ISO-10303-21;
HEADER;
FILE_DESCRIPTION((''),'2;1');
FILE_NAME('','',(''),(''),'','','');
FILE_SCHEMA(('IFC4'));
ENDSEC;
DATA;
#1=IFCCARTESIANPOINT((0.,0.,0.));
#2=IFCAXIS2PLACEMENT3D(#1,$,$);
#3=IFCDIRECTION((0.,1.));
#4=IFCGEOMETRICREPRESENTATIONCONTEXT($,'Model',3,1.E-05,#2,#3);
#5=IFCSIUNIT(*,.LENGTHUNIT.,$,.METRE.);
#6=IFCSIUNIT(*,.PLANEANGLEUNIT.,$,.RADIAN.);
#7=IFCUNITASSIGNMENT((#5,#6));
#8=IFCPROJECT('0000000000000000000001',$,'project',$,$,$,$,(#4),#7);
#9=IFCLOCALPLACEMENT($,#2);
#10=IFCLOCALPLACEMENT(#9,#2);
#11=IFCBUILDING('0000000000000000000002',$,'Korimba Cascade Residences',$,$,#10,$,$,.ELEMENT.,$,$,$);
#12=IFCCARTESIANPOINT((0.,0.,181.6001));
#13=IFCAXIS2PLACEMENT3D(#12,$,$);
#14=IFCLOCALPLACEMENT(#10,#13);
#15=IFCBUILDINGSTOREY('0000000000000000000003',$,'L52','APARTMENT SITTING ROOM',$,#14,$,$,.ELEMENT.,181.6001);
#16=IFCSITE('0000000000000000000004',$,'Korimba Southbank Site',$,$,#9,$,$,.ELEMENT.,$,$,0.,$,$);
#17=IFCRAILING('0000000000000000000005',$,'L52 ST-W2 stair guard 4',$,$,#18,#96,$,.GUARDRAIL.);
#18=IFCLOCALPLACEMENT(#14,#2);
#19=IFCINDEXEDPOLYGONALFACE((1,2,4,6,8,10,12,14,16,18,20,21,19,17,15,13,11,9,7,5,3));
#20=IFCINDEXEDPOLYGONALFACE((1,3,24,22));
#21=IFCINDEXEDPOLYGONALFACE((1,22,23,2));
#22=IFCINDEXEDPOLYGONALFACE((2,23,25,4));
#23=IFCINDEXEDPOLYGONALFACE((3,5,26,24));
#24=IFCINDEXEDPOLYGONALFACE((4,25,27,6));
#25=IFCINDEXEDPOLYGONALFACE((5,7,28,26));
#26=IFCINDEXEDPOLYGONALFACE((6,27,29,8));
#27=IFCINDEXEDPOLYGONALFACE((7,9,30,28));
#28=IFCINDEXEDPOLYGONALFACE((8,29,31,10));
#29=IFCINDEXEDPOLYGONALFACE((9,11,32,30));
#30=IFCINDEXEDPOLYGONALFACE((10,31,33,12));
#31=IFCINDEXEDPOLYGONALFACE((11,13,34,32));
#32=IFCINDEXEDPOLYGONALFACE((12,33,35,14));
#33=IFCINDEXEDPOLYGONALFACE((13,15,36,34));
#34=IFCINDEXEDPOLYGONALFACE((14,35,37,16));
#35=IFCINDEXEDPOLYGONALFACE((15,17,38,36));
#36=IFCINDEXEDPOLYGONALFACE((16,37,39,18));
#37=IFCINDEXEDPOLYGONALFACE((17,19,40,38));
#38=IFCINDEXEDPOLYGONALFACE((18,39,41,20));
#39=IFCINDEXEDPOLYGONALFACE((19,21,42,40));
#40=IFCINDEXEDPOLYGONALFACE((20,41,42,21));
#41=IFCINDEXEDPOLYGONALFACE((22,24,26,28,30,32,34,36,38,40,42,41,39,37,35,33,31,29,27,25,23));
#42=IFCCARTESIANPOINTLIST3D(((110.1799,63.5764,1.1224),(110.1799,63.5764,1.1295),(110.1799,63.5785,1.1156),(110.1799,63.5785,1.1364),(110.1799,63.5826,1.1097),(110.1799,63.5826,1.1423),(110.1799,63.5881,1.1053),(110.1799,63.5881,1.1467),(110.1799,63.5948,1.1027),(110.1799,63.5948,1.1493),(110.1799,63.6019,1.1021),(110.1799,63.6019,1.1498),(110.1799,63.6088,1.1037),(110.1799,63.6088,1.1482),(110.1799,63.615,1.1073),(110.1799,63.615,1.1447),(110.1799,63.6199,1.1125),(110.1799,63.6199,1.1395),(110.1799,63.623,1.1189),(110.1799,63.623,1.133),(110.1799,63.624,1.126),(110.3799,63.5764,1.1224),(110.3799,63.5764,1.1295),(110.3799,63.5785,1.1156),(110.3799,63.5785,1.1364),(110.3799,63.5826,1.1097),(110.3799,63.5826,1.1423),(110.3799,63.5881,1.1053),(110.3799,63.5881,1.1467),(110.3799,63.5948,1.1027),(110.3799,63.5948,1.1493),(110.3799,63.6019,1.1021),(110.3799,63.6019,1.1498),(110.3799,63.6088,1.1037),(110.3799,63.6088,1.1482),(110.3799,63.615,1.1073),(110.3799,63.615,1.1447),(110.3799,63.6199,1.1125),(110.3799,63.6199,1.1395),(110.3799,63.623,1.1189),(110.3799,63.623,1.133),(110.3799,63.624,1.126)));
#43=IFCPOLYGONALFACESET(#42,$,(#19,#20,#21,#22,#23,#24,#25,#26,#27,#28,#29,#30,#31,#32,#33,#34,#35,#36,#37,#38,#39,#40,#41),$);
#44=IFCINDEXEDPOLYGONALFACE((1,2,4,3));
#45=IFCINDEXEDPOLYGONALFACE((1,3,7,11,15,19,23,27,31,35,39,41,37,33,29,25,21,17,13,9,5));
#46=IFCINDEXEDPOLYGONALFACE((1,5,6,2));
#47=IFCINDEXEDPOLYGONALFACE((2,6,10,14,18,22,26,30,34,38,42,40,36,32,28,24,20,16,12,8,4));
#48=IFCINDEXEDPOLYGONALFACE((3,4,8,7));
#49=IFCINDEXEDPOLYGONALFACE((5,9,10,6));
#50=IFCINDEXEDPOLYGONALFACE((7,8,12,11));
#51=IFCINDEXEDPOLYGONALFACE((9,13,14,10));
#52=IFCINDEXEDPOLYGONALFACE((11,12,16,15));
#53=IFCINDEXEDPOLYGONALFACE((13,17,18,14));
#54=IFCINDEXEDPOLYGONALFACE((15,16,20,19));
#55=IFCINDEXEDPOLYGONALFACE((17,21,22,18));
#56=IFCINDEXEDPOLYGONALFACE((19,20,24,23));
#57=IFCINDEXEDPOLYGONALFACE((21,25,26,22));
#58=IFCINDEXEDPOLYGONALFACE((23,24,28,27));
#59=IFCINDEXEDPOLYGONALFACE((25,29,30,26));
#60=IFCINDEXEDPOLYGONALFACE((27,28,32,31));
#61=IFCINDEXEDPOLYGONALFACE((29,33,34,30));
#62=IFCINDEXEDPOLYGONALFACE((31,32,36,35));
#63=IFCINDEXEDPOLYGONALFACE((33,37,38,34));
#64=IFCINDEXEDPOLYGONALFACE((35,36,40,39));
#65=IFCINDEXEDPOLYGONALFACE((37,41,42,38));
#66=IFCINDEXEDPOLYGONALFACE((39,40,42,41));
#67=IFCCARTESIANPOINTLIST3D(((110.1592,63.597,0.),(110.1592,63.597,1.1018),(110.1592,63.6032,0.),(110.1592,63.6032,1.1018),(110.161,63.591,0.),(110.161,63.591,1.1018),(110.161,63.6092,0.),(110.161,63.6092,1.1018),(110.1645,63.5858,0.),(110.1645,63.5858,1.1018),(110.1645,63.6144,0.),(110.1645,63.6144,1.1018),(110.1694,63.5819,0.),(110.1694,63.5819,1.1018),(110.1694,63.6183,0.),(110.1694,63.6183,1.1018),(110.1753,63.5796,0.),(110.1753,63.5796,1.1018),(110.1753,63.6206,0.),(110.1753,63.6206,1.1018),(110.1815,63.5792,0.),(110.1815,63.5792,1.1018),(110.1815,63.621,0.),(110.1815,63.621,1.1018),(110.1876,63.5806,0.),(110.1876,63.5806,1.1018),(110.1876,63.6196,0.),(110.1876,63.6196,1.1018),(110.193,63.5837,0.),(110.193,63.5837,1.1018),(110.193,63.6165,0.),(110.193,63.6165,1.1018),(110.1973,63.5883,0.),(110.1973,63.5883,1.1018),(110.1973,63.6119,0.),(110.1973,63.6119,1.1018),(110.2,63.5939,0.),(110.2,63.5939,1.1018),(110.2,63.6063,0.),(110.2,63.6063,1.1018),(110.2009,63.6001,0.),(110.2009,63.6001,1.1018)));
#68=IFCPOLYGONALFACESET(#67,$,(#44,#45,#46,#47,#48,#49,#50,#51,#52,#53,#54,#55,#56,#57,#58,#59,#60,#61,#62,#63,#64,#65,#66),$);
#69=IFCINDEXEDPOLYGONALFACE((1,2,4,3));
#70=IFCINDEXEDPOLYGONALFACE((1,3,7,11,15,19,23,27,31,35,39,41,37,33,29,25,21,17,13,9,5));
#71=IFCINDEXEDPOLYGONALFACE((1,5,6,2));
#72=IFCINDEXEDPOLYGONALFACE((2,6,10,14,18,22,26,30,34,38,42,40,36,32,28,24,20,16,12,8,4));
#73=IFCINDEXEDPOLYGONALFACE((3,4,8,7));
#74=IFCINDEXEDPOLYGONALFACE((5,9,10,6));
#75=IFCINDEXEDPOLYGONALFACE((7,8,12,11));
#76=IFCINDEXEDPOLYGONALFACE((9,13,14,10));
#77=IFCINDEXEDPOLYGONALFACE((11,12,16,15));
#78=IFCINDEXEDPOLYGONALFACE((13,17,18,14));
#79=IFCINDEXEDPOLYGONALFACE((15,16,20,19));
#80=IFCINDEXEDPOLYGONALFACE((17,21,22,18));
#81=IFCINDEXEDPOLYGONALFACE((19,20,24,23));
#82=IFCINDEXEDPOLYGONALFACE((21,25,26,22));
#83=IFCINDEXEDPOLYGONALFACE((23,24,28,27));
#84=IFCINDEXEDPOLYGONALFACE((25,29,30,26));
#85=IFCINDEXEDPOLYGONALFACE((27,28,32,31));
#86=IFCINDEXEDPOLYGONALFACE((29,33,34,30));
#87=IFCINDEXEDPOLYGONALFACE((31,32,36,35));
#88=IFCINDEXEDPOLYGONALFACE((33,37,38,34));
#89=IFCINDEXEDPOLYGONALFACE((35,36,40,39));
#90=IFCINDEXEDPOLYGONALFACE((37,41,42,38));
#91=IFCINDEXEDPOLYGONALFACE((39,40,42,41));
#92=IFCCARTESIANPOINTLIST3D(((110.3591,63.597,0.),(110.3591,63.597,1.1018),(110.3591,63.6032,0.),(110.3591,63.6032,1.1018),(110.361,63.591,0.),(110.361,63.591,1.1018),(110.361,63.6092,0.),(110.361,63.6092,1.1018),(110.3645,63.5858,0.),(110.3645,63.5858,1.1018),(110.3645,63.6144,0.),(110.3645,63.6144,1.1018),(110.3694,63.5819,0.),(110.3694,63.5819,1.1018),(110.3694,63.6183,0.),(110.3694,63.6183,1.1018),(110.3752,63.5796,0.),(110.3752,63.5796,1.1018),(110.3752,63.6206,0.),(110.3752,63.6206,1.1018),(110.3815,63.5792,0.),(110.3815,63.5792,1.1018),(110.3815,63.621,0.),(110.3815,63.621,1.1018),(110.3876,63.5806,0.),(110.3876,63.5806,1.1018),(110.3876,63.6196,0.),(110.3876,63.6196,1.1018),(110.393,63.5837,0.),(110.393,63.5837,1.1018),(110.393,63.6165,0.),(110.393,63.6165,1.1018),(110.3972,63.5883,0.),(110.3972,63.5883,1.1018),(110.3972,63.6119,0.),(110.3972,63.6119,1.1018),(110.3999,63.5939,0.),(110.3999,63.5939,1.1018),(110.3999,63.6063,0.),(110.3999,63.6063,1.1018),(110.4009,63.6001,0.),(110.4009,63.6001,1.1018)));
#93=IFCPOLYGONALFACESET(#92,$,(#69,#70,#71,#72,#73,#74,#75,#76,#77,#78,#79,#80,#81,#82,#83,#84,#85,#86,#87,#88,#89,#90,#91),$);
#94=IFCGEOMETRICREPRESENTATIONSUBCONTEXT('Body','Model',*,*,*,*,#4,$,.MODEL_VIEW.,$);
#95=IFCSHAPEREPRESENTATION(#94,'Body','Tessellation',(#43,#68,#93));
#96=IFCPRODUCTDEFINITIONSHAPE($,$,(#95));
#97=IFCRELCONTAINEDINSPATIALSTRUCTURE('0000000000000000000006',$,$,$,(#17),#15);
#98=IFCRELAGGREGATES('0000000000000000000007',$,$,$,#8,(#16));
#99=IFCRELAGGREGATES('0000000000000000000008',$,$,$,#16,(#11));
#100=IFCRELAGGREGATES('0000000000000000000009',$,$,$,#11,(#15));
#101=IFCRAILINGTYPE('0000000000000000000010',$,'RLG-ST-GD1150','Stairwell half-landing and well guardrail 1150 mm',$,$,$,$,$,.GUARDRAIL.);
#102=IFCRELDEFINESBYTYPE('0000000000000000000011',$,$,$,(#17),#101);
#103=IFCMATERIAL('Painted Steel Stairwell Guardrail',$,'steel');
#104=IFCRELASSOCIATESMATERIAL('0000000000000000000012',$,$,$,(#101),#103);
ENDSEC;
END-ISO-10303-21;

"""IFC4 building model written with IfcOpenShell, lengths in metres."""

from ifc_helpers import new_model, si_unit, direction, frame, origin, origin_2d, place, context, subcontext, project, spatial, circle, extrude, material, type_object, element, save


model = new_model("IFC4")

# Units and contexts
model_context = context("Model", 3, precision=1e-05, world=origin(), true_north=direction((0.0, 1.0)))
body_context = subcontext(model_context, "Body", "Model", "MODEL_VIEW")
ifc_project = project(units=[si_unit("LENGTHUNIT", "METRE"), si_unit("PLANEANGLEUNIT", "RADIAN")], contexts=[model_context])

# Site, building, storey
site_placement = place(None, origin())
site = spatial("IfcSite", under=ifc_project, at=site_placement, Name="Korimba Southbank Site", CompositionType="ELEMENT", RefElevation=0.0)
building_placement = place(site_placement, origin())
building = spatial("IfcBuilding", under=site, at=building_placement, Name="Korimba Cascade Residences", CompositionType="ELEMENT")
storey_placement = place(building_placement, frame((0.0, 0.0, 181.6001)))
storey = spatial("IfcBuildingStorey", under=building, at=storey_placement, Name="L52", Description="APARTMENT SITTING ROOM", CompositionType="ELEMENT", Elevation=181.6001)

# Railing
ifc_material_1 = material(Name="Painted Steel Stairwell Guardrail", Category="steel")
railing_type_1 = type_object("IfcRailingType", Name="RLG-ST-GD1150", Description="Stairwell half-landing and well guardrail 1150 mm", PredefinedType="GUARDRAIL", material=ifc_material_1)
railing_1_placement = place(storey_placement, frame((110.1799, 63.6001, 0.0)))
element("IfcRailing", 1, at=railing_1_placement, inside=storey, type_object=railing_type_1, Name="L52 ST-W2 stair guard 4", PredefinedType="GUARDRAIL", context=body_context, shape_type="SweptSolid", body=[
    extrude(circle(Radius=0.0239, at=origin_2d()), frame((0.0, 0.0, 1.126), z_axis=(1.0, 0.0, 0.0), x_axis=(0.0, 1.0, 0.0)), (0.0, 0.0, 1.0), 0.2),
    extrude(circle(Radius=0.021, at=origin_2d()), origin(), (0.0, 0.0, 1.0), 1.1018),
    extrude(circle(Radius=0.021, at=origin_2d()), frame((0.2, 0.0, 0.0)), (0.0, 0.0, 1.0), 1.1018),
])

save(model, "model.ifc")
